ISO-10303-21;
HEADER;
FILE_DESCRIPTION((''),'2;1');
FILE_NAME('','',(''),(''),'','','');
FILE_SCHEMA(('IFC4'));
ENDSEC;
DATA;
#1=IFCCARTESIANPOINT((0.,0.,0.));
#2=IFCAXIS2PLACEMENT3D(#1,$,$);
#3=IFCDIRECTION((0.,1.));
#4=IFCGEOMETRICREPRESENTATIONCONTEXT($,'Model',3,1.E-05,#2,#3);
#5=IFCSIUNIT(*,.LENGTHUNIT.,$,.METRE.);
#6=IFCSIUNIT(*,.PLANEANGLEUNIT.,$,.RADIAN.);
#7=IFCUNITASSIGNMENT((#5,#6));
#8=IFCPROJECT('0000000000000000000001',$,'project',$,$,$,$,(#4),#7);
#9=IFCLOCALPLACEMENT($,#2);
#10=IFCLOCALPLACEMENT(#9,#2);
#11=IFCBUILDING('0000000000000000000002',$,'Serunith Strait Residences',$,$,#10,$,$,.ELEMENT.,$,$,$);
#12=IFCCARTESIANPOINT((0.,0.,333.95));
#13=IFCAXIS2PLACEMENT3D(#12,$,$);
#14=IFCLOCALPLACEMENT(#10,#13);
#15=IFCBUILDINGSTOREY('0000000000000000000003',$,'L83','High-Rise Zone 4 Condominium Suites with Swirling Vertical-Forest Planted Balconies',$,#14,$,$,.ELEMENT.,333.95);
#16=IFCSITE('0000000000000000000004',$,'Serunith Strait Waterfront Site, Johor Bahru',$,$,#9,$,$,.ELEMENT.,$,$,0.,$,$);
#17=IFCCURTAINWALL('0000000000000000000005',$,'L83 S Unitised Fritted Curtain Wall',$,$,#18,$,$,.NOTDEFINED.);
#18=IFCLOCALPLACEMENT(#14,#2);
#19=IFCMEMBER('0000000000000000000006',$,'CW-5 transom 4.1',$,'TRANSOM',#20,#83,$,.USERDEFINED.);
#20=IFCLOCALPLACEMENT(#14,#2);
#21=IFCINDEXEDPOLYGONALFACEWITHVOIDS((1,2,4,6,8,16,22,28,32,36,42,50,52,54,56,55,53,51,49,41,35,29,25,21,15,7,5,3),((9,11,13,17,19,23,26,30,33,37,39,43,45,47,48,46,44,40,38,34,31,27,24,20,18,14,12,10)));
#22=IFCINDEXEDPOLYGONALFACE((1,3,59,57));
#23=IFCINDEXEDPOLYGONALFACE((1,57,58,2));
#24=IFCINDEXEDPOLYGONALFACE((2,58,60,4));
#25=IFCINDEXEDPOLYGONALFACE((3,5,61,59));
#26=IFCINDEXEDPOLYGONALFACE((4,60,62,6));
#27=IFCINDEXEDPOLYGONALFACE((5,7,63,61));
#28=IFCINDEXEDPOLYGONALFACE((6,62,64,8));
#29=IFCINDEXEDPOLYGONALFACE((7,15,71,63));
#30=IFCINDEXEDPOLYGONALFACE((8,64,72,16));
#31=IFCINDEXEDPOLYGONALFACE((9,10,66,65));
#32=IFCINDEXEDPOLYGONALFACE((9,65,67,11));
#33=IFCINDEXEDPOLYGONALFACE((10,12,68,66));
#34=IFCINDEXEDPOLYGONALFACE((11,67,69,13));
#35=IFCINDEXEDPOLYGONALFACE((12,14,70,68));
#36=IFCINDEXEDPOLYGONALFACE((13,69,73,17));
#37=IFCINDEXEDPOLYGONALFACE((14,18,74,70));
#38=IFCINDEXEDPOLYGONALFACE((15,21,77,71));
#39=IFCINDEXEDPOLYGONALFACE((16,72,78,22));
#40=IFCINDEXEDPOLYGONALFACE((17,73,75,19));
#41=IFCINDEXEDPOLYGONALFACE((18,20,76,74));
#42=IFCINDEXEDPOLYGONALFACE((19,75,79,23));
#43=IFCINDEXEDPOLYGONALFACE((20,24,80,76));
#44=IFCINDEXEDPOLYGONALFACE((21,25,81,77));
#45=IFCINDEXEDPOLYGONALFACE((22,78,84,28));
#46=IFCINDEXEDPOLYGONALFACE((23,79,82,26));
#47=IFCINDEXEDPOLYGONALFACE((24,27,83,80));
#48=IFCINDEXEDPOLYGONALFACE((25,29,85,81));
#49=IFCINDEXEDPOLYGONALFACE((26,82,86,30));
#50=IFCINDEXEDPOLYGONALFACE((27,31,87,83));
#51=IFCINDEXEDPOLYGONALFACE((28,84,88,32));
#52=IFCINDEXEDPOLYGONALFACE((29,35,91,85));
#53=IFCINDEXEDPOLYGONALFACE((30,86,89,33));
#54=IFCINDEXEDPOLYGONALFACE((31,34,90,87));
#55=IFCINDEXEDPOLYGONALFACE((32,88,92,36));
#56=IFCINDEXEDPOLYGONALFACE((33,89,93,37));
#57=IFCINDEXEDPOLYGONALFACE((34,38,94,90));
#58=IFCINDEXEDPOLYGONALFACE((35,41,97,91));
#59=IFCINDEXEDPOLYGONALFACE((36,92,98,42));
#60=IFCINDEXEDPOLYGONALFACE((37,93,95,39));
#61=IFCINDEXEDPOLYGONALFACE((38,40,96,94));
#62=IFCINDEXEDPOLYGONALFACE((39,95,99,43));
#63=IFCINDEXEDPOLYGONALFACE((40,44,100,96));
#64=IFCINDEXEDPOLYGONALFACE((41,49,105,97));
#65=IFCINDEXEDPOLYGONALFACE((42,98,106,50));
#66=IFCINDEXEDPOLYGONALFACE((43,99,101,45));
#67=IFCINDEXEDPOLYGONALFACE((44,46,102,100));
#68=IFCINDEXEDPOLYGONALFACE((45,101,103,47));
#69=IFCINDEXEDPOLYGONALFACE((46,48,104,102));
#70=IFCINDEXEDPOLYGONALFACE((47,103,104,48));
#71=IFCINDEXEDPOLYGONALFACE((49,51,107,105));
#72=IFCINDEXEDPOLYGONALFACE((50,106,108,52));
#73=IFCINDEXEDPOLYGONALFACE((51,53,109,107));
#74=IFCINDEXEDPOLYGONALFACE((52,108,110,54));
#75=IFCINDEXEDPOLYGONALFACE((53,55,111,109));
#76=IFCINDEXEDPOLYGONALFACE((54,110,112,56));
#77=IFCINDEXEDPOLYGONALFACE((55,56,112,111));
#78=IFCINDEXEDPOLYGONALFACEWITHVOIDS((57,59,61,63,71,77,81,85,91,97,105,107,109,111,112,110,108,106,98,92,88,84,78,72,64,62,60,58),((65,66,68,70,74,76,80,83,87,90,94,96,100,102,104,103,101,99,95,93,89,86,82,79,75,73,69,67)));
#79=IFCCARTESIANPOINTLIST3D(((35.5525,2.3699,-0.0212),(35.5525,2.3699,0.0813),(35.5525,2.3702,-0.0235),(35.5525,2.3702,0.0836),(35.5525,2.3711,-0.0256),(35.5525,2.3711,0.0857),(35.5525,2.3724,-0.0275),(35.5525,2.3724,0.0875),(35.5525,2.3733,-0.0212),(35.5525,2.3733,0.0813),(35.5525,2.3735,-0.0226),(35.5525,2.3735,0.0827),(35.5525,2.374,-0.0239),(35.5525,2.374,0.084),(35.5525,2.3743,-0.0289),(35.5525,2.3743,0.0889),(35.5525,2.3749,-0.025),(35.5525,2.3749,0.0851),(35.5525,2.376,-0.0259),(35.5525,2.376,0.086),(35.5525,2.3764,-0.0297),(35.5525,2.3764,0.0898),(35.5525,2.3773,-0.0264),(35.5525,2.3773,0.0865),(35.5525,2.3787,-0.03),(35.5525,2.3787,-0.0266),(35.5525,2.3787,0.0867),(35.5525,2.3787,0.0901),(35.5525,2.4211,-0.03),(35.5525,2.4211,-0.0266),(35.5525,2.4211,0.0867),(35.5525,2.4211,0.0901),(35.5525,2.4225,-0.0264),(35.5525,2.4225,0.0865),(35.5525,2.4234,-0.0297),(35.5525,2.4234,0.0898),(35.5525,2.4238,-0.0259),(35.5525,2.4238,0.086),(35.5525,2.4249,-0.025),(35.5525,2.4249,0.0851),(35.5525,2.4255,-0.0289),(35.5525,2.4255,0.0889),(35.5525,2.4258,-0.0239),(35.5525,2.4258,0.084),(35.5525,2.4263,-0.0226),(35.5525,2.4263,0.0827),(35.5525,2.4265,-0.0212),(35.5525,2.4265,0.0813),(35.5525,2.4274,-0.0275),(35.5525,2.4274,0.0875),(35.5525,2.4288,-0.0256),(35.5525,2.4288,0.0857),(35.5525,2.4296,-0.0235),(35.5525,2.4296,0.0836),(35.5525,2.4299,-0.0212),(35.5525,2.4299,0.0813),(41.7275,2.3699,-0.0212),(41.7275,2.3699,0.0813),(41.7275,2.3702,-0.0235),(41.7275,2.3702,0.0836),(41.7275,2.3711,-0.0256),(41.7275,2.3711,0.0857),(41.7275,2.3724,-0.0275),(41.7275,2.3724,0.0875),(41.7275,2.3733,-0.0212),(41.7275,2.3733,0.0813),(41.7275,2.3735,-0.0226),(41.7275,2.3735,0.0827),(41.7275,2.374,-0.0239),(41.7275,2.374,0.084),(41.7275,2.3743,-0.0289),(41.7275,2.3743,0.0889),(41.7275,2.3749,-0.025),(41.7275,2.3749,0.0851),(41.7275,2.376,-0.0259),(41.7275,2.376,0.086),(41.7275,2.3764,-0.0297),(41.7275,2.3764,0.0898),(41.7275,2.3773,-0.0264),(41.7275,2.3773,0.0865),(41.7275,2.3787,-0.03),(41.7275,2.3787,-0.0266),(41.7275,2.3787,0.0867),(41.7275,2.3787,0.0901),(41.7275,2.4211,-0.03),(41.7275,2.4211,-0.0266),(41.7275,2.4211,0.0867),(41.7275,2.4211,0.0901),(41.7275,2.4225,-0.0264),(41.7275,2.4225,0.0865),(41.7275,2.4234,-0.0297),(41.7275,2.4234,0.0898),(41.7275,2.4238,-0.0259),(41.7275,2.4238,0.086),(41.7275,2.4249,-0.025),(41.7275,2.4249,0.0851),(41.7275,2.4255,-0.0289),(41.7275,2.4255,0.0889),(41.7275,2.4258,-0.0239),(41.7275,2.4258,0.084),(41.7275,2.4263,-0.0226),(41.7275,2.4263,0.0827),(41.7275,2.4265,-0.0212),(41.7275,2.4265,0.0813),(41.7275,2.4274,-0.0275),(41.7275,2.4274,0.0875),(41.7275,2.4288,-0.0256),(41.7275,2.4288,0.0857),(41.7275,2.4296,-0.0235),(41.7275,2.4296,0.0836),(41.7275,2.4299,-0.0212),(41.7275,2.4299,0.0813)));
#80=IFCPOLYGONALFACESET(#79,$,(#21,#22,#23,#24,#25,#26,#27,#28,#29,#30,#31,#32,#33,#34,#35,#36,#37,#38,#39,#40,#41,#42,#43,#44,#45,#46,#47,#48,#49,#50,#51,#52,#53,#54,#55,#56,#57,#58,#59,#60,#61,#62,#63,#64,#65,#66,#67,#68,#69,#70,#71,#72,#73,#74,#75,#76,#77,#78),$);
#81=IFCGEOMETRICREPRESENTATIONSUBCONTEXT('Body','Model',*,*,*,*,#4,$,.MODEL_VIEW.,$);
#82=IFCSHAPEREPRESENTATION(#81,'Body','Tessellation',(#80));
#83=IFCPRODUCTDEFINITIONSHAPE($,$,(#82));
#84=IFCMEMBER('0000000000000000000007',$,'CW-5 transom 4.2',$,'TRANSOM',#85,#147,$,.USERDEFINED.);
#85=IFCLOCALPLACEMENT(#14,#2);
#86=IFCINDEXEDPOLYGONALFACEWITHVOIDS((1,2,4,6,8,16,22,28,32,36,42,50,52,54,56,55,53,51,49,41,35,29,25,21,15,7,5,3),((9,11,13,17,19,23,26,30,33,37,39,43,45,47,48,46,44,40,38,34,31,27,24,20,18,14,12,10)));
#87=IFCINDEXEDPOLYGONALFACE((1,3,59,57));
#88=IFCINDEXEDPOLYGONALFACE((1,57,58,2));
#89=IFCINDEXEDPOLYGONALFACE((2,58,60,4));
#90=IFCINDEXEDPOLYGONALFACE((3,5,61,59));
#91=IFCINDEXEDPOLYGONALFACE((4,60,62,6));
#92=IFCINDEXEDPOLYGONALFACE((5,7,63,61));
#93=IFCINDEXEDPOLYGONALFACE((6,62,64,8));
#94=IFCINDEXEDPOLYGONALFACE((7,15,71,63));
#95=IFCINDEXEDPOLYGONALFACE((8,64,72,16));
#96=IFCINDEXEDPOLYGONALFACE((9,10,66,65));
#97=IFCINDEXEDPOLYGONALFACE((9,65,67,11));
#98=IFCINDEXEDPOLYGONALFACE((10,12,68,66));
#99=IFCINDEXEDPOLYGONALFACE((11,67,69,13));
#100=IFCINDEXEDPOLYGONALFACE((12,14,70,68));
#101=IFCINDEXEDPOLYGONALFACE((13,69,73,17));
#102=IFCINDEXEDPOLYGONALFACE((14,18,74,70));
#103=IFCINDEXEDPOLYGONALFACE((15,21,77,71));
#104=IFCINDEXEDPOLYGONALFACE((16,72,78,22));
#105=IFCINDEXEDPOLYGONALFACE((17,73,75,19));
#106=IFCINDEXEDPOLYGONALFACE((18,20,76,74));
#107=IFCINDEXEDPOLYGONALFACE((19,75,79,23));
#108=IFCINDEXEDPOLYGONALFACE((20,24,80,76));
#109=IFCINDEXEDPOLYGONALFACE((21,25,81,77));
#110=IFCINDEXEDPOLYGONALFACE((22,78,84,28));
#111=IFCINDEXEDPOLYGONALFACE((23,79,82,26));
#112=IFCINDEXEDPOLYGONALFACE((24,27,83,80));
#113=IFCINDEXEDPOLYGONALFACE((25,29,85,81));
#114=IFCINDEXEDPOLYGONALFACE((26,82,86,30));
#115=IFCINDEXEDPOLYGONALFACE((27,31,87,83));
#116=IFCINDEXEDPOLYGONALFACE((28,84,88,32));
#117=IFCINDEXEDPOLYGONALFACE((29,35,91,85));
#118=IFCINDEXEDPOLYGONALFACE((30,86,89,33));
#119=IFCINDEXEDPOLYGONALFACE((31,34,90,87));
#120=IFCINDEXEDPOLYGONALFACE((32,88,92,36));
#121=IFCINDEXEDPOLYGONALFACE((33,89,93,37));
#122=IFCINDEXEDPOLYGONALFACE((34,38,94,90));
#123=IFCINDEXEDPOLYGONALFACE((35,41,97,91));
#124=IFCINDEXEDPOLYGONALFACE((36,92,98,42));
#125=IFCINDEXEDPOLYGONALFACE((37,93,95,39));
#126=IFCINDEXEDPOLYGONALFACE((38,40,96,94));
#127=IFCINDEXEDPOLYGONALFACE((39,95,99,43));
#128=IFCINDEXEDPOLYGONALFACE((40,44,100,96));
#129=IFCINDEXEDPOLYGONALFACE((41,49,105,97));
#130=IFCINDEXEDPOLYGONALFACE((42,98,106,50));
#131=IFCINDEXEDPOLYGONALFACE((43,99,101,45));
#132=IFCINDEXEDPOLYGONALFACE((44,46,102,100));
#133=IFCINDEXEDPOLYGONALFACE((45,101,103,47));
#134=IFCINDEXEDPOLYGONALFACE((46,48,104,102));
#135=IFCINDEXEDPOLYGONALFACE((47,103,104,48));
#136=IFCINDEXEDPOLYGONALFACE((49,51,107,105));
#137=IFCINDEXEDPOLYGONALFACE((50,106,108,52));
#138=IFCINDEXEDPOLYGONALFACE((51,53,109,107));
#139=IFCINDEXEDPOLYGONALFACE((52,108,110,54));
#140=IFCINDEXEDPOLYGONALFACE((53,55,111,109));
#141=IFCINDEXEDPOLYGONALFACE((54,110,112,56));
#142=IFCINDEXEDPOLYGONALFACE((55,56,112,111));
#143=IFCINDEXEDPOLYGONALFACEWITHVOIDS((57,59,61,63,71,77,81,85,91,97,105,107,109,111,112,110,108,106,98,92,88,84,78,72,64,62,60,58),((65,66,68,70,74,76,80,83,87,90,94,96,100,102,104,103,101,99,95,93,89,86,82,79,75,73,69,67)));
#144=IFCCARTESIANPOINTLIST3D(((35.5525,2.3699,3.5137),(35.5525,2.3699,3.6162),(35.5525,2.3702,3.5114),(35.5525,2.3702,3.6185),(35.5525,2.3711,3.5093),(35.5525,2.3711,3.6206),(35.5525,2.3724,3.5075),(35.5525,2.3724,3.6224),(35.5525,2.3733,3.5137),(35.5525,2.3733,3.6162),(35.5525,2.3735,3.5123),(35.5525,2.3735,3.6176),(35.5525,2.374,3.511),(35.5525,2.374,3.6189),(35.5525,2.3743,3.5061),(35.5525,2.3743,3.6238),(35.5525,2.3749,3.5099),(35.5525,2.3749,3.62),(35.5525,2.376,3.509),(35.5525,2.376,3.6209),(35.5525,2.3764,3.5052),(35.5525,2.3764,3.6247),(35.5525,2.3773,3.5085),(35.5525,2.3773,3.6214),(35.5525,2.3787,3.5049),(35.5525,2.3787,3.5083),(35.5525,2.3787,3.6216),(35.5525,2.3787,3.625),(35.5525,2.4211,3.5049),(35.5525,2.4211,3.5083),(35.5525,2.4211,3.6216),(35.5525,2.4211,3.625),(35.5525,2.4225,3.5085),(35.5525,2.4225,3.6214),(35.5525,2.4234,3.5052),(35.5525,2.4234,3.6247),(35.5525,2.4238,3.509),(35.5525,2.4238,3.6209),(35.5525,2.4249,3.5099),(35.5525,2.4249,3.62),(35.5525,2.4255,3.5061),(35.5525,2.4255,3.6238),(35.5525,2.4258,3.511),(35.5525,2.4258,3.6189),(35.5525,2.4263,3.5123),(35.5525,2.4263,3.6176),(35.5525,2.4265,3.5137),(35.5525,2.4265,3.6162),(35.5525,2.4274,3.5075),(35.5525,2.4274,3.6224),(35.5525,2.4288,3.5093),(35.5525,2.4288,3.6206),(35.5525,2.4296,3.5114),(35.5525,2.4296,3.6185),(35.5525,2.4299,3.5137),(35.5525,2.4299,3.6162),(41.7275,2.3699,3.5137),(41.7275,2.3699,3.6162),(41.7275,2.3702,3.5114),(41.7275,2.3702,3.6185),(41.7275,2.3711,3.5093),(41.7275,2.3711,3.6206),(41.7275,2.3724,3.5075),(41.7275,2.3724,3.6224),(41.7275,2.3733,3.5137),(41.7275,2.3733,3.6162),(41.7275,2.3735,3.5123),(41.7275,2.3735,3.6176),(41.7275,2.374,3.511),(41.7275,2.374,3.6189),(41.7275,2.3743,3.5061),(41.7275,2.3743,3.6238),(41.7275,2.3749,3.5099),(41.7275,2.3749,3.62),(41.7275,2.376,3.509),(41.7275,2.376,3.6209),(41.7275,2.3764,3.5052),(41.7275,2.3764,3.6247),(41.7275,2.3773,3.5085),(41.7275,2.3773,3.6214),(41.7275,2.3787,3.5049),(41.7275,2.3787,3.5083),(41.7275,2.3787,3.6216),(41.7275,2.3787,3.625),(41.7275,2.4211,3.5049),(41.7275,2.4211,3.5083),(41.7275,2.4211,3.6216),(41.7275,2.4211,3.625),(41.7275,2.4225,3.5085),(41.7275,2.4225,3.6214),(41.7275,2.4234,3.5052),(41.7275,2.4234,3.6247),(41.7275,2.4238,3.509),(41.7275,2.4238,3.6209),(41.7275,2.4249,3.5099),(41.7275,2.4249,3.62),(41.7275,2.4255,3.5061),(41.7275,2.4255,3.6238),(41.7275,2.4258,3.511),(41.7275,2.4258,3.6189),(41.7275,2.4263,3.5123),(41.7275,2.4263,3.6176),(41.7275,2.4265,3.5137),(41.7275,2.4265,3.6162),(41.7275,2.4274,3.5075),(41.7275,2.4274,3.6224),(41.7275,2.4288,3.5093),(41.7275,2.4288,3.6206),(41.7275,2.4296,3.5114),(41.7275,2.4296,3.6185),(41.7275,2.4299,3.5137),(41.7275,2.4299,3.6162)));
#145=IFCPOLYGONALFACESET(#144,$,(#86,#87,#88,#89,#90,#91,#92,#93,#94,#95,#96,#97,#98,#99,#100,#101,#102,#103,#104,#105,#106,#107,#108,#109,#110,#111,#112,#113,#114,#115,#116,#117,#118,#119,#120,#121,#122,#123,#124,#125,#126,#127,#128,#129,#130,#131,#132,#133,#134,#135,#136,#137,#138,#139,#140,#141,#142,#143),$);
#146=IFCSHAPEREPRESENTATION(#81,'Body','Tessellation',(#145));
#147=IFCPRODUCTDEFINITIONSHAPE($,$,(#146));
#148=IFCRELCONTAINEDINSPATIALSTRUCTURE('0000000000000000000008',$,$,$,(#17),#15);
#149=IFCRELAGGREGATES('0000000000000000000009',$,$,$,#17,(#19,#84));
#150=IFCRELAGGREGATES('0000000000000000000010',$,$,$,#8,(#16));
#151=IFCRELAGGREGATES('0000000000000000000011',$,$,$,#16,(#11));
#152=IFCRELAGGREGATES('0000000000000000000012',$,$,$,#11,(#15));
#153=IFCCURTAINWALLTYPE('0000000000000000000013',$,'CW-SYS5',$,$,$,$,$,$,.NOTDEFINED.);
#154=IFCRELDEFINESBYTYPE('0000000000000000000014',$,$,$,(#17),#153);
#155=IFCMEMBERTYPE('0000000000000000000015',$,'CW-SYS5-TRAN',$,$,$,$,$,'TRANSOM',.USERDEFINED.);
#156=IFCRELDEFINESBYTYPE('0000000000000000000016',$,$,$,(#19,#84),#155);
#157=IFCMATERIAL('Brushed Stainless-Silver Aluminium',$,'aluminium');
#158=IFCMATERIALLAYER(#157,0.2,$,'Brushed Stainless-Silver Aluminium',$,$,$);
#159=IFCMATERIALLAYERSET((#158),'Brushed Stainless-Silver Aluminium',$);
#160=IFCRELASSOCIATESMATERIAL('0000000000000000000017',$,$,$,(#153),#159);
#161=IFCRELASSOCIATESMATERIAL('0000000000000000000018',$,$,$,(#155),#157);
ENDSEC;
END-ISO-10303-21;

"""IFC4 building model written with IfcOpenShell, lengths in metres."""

from ifc_helpers import new_model, si_unit, direction, frame, origin, origin_2d, place, context, subcontext, project, spatial, hollow_rectangle, extrude, source, transform, mapped, material, layer, layer_set, material_profile, profile_set, type_object, element, aggregate, save


model = new_model("IFC4")

# Units and contexts
model_context = context("Model", 3, precision=1e-05, world=origin(), true_north=direction((0.0, 1.0)))
body_context = subcontext(model_context, "Body", "Model", "MODEL_VIEW")
ifc_project = project(units=[si_unit("LENGTHUNIT", "METRE"), si_unit("PLANEANGLEUNIT", "RADIAN")], contexts=[model_context])

# Site, building, storey
site_placement = place(None, origin())
site = spatial("IfcSite", under=ifc_project, at=site_placement, Name="Serunith Strait Waterfront Site, Johor Bahru", CompositionType="ELEMENT", RefElevation=0.0)
building_placement = place(site_placement, origin())
building = spatial("IfcBuilding", under=site, at=building_placement, Name="Serunith Strait Residences", CompositionType="ELEMENT")
storey_placement = place(building_placement, frame((0.0, 0.0, 333.95)))
storey = spatial("IfcBuildingStorey", under=building, at=storey_placement, Name="L83", Description="High-Rise Zone 4 Condominium Suites with Swirling Vertical-Forest Planted Balconies", CompositionType="ELEMENT", Elevation=333.95)

# Curtain wall, members
ifc_material_1 = material(Name="Brushed Stainless-Silver Aluminium", Category="aluminium")
ifc_layer_1 = layer(ifc_material_1, 0.2, Name="Brushed Stainless-Silver Aluminium")
ifc_layer_set_1 = layer_set([ifc_layer_1], Name="Brushed Stainless-Silver Aluminium")
curtain_wall_type = type_object("IfcCurtainWallType", Name="CW-SYS5", PredefinedType="NOTDEFINED", material=ifc_layer_set_1)
curtain_wall_placement = place(storey_placement, origin())
curtain_wall = element("IfcCurtainWall", 1, at=curtain_wall_placement, inside=storey, type_object=curtain_wall_type, Name="L83 S Unitised Fritted Curtain Wall", PredefinedType="NOTDEFINED")
ifc_material_profile_1 = material_profile(ifc_material_1, hollow_rectangle(XDim=0.0601, YDim=0.1201, WallThickness=0.0034, InnerFilletRadius=0.0054, OuterFilletRadius=0.0088, at=origin_2d()), Name="ALU 120x60x3.5")
ifc_profile_set_1 = profile_set([ifc_material_profile_1], Name="Brushed Stainless-Silver Aluminium")
member_type_1 = type_object("IfcMemberType", Name="CW-SYS5-TRAN", ElementType="TRANSOM", PredefinedType="USERDEFINED", material=ifc_profile_set_1)
shared_shape_1 = source(origin(), body_context, "Body", "SweptSolid", [
    extrude(hollow_rectangle(XDim=0.0601, YDim=0.1201, WallThickness=0.0034, InnerFilletRadius=0.0054, OuterFilletRadius=0.0088, at=origin_2d()), origin(), (0.0, 0.0, 1.0), 6.175),
])
member_1_placement = place(storey_placement, frame((35.5525, 2.3999, 0.03), z_axis=(1.0, 0.0, 0.0), x_axis=(0.0, 1.0, 0.0)))
member_1 = element("IfcMember", 2, at=member_1_placement, type_object=member_type_1, Name="CW-5 transom 4.1", ObjectType="TRANSOM", PredefinedType="USERDEFINED", context=body_context, shape_type="MappedRepresentation", body=[
    mapped(shared_shape_1, transform((0.0, 0.0, 0.0), scale=1.0)),
])
member_2_placement = place(storey_placement, frame((35.5525, 2.3999, 3.5649), z_axis=(1.0, 0.0, 0.0), x_axis=(0.0, 1.0, 0.0)))
member_2 = element("IfcMember", 3, at=member_2_placement, type_object=member_type_1, Name="CW-5 transom 4.2", ObjectType="TRANSOM", PredefinedType="USERDEFINED", context=body_context, shape_type="MappedRepresentation", body=[
    mapped(shared_shape_1, transform((0.0, 0.0, 0.0), scale=1.0)),
])
aggregate(curtain_wall, [member_1, member_2])

save(model, "model.ifc")
